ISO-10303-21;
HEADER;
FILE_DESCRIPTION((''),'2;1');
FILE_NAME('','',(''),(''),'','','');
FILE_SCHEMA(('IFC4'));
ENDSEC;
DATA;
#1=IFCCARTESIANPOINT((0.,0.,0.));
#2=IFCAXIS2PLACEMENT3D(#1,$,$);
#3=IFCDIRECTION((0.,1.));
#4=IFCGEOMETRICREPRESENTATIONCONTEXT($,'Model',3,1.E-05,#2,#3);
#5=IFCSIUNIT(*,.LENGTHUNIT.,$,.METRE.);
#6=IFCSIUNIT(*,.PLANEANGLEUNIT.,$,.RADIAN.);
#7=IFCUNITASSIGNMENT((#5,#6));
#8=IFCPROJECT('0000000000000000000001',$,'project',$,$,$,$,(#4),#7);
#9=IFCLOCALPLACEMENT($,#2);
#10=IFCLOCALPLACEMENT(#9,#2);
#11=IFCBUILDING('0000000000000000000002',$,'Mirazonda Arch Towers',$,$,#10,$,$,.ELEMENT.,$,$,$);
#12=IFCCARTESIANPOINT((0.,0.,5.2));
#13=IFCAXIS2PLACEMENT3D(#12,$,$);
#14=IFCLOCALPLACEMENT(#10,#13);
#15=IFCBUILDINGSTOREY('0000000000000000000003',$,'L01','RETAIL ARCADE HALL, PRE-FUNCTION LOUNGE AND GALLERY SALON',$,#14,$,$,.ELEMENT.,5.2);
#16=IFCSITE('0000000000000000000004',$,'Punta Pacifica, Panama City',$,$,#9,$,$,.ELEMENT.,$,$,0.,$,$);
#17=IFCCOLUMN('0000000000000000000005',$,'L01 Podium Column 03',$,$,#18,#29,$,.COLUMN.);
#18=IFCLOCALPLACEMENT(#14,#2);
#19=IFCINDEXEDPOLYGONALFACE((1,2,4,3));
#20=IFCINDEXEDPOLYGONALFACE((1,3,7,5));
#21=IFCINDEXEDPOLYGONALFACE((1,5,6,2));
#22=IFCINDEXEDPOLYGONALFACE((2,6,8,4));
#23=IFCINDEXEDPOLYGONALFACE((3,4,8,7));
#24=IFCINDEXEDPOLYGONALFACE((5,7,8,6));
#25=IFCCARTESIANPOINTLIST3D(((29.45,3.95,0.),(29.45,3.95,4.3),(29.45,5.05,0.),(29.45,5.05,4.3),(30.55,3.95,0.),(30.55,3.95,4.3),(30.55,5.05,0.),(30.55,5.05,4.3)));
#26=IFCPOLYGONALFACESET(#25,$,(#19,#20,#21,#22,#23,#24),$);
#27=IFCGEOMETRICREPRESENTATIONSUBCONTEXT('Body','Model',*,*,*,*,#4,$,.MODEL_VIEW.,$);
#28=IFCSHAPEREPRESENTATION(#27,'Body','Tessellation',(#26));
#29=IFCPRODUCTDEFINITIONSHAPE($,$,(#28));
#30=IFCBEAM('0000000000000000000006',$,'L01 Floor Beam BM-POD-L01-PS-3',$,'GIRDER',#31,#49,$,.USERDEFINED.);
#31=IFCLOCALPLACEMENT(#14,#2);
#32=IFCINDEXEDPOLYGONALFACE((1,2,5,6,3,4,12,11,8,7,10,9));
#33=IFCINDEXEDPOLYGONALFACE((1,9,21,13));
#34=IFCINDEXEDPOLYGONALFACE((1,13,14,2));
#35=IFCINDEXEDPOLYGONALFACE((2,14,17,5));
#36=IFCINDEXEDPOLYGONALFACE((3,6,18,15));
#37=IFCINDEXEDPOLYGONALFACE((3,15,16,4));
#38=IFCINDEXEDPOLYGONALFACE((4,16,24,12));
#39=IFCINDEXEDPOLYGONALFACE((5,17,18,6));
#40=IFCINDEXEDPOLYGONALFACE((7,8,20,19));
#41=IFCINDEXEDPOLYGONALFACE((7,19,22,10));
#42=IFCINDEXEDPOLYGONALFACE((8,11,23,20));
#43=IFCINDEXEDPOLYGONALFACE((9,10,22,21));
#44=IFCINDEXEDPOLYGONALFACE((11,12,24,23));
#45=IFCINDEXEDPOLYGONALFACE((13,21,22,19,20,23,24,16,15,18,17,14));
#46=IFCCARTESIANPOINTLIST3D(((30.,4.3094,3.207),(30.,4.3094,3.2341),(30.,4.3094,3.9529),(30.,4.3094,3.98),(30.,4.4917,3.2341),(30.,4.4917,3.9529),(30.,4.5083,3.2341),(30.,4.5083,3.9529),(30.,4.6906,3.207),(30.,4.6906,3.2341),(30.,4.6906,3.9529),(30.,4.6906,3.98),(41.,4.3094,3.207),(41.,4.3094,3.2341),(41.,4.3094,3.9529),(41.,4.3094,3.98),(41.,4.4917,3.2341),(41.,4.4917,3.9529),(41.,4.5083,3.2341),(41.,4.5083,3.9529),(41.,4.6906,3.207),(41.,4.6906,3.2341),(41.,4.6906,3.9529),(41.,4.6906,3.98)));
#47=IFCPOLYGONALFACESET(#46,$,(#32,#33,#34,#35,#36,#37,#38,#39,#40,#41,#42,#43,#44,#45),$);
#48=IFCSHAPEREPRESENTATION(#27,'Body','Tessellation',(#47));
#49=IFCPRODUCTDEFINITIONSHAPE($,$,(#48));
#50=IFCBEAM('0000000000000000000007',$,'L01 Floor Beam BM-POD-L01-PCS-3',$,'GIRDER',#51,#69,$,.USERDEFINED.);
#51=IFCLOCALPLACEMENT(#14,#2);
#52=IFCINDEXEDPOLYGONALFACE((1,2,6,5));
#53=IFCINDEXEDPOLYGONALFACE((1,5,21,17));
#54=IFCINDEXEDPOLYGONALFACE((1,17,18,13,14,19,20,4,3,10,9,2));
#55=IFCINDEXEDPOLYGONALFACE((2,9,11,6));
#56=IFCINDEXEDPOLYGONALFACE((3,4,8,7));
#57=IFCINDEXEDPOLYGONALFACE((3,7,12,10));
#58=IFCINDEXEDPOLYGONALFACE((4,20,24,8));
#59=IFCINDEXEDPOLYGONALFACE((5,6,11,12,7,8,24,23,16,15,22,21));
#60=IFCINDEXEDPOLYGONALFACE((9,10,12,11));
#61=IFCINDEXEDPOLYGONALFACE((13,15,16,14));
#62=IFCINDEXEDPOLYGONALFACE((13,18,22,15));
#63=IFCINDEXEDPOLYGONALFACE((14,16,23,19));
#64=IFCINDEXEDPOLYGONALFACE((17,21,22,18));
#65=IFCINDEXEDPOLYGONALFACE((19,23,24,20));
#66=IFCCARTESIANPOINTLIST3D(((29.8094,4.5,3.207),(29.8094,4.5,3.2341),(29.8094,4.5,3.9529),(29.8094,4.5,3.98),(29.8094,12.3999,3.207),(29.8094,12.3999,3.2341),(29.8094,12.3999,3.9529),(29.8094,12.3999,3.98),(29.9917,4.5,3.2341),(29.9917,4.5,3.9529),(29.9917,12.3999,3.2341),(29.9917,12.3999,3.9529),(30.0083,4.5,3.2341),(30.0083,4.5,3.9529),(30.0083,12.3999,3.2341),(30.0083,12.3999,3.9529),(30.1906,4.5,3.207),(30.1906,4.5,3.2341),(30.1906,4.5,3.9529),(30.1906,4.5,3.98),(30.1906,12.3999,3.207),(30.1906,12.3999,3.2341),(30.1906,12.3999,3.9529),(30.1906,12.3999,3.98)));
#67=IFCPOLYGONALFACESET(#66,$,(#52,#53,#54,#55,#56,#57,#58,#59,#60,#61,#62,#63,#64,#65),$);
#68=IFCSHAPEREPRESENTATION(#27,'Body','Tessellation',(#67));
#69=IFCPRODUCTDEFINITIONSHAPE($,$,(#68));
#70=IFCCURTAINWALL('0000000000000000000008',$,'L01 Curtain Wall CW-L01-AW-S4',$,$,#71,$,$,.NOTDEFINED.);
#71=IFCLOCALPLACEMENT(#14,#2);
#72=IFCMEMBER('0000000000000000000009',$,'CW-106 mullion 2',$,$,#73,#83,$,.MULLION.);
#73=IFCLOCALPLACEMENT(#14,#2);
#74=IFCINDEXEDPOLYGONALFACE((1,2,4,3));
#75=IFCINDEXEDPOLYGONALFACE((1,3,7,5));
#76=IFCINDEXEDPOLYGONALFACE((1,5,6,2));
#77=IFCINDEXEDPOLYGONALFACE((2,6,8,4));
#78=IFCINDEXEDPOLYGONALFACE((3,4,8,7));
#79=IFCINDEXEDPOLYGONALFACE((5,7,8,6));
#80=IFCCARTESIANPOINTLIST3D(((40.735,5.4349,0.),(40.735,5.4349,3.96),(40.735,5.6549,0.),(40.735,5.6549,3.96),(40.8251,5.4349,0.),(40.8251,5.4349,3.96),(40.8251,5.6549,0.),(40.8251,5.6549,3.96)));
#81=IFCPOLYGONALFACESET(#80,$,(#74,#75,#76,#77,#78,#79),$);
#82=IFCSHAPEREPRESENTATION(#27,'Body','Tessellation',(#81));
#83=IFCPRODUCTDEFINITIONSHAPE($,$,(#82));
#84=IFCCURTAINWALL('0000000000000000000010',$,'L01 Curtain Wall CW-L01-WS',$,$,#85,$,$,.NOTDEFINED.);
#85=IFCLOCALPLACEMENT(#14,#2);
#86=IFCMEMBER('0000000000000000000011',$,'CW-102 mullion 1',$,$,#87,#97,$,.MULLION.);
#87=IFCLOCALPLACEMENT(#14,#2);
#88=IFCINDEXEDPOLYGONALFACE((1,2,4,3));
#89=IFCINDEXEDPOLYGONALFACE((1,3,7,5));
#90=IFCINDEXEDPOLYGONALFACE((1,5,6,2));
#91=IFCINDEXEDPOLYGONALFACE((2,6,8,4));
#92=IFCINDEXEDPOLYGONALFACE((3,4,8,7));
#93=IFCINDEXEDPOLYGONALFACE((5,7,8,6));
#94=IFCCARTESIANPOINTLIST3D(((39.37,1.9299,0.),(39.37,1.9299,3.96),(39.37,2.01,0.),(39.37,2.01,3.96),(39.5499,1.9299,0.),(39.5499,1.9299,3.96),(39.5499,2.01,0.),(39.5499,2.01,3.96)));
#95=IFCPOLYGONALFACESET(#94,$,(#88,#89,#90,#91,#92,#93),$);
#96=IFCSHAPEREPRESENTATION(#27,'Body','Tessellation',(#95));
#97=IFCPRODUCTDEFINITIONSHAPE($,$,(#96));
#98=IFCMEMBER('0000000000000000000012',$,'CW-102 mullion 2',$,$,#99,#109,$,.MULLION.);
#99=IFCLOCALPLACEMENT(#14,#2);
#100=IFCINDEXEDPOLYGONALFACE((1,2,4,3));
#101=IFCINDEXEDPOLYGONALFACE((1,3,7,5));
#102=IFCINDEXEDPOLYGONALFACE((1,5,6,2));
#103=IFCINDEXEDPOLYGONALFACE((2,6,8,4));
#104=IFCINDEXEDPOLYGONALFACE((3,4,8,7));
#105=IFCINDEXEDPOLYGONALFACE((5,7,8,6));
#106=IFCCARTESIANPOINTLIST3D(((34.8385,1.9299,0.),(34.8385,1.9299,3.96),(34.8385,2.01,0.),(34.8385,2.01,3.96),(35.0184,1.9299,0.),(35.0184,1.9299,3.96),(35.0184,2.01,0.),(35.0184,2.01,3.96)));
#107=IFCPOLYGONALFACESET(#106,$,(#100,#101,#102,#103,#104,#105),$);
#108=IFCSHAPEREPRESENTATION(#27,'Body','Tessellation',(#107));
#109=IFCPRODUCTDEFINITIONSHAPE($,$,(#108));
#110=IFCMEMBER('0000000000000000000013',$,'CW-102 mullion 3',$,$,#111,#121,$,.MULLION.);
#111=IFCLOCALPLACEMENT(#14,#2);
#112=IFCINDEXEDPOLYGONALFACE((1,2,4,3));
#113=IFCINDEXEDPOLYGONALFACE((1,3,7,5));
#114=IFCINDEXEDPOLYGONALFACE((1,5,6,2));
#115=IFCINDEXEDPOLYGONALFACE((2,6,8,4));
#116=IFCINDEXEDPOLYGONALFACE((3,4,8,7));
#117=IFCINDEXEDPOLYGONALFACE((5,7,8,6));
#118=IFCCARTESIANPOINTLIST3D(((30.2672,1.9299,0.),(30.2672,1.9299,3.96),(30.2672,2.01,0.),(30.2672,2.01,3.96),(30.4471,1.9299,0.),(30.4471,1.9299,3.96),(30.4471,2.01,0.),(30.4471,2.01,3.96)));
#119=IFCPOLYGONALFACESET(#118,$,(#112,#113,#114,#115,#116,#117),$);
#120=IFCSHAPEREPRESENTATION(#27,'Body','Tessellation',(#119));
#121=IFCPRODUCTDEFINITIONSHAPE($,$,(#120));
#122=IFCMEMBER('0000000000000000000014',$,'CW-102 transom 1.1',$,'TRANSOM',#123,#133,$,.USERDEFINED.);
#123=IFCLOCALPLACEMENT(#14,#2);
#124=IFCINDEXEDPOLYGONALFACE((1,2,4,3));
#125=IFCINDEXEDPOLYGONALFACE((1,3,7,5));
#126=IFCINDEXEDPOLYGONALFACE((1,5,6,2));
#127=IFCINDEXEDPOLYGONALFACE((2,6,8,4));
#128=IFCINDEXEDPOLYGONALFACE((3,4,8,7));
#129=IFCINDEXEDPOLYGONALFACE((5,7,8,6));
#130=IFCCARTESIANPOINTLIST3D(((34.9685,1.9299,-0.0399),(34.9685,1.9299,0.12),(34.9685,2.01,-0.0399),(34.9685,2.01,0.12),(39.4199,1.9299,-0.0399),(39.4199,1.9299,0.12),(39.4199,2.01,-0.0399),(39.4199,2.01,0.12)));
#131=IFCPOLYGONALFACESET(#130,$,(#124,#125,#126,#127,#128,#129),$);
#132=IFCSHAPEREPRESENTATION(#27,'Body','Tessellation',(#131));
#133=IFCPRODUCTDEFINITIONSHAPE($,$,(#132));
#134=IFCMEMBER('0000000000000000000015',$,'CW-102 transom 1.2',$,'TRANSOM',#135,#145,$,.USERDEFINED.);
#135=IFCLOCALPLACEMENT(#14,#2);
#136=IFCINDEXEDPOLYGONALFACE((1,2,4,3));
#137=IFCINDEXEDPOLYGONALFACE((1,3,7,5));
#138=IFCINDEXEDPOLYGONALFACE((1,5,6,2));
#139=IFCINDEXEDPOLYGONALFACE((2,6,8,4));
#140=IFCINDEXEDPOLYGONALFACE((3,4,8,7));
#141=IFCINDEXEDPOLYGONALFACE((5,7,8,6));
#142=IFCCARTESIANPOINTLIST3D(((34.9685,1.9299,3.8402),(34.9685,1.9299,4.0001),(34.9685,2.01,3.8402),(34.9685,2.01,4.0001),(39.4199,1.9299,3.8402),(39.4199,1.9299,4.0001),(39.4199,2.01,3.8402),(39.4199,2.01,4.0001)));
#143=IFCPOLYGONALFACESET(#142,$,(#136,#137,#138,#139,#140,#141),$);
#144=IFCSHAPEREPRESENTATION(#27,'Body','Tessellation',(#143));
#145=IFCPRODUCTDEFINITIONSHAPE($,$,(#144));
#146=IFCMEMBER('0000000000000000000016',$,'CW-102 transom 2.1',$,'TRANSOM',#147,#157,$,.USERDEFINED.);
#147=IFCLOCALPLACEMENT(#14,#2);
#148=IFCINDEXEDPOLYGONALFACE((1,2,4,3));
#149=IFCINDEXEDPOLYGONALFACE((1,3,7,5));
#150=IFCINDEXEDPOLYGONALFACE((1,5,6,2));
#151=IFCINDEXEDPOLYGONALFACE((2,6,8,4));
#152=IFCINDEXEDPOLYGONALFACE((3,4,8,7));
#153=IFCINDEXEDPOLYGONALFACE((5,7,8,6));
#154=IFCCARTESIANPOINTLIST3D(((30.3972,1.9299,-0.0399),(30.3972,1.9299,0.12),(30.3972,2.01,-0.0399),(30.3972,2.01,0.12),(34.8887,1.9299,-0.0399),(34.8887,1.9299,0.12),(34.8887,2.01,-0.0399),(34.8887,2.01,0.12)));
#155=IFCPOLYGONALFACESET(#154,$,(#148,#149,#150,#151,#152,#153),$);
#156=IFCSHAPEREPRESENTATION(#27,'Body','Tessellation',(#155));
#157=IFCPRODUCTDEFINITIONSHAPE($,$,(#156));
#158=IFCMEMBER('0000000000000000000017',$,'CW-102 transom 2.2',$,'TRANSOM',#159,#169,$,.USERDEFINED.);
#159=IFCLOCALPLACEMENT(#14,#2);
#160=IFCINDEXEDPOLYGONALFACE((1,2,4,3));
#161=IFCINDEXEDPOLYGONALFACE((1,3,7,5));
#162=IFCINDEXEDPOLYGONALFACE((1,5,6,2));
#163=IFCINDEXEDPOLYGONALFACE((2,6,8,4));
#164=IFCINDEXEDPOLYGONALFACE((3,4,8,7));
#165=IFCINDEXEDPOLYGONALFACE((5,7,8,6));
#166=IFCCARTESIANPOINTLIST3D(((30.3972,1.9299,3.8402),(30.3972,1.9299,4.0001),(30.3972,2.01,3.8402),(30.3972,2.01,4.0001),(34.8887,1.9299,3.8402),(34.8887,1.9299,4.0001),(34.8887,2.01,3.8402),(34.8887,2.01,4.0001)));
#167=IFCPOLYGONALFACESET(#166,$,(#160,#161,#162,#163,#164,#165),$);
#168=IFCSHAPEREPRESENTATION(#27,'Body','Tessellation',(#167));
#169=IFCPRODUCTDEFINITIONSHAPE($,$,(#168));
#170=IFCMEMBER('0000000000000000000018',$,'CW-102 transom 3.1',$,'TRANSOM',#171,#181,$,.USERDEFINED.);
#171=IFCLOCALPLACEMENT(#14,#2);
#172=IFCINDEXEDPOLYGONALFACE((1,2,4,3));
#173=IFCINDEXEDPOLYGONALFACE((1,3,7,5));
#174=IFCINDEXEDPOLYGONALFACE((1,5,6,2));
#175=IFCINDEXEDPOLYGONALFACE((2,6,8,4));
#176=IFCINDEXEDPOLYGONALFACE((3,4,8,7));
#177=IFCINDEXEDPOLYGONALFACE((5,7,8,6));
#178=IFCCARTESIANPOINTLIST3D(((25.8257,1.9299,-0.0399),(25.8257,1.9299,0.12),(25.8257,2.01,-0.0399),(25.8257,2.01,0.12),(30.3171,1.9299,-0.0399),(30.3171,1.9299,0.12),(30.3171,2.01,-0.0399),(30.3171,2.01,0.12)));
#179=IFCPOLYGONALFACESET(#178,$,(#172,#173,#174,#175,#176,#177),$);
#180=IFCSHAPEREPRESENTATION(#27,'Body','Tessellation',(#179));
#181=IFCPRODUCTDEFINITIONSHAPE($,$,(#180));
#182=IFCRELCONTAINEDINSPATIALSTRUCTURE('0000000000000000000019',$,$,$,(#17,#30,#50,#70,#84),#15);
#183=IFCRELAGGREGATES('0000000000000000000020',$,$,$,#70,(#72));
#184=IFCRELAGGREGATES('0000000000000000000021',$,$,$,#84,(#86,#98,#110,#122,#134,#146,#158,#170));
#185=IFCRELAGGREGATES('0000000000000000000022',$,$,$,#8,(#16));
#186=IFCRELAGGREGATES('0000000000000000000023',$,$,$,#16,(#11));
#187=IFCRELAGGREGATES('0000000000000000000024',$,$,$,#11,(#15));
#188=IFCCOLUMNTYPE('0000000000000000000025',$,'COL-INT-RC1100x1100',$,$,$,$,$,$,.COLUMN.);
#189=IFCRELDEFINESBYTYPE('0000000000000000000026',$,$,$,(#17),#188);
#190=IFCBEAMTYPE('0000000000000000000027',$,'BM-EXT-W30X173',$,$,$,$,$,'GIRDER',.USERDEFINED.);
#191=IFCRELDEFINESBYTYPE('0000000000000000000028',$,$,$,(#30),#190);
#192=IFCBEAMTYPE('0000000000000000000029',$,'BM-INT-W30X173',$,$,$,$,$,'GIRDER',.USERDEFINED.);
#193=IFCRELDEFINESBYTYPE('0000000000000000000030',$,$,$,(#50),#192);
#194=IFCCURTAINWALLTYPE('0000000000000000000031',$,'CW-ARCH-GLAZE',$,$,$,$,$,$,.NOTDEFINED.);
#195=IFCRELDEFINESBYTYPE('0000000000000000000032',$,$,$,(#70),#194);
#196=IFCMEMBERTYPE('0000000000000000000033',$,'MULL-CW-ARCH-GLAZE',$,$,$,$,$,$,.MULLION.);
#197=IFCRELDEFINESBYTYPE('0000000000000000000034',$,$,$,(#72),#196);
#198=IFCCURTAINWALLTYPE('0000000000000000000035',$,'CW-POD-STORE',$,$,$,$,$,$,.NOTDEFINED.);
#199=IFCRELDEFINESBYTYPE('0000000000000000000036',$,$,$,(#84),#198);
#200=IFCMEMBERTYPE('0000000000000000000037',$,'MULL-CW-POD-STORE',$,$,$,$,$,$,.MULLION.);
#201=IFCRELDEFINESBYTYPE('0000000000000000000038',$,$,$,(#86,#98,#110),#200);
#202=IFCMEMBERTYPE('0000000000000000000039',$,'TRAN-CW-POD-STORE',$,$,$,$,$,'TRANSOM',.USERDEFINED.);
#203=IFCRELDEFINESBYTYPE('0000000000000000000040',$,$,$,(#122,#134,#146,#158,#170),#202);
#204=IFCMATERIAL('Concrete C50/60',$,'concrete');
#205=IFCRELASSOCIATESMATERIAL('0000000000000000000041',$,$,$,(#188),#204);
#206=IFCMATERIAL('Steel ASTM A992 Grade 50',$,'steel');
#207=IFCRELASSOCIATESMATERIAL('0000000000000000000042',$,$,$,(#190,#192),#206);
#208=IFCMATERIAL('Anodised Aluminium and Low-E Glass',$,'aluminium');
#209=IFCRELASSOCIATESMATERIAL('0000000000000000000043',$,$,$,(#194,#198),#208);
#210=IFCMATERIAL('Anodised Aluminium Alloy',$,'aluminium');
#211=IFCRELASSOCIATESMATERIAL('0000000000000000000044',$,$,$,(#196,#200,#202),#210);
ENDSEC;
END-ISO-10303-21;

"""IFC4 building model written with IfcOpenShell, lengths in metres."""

from ifc_helpers import new_model, si_unit, direction, frame, origin, origin_2d, place, context, subcontext, project, spatial, rectangle, i_section, extrude, material, material_profile, profile_set, type_object, element, aggregate, save


model = new_model("IFC4")

# Units and contexts
model_context = context("Model", 3, precision=1e-05, world=origin(), true_north=direction((0.0, 1.0)))
body_context = subcontext(model_context, "Body", "Model", "MODEL_VIEW")
ifc_project = project(units=[si_unit("LENGTHUNIT", "METRE"), si_unit("PLANEANGLEUNIT", "RADIAN")], contexts=[model_context])

# Site, building, storey
site_placement = place(None, origin())
site = spatial("IfcSite", under=ifc_project, at=site_placement, Name="Punta Pacifica, Panama City", CompositionType="ELEMENT", RefElevation=0.0)
building_placement = place(site_placement, origin())
building = spatial("IfcBuilding", under=site, at=building_placement, Name="Mirazonda Arch Towers", CompositionType="ELEMENT")
storey_placement = place(building_placement, frame((0.0, 0.0, 5.2)))
storey = spatial("IfcBuildingStorey", under=building, at=storey_placement, Name="L01", Description="RETAIL ARCADE HALL, PRE-FUNCTION LOUNGE AND GALLERY SALON", CompositionType="ELEMENT", Elevation=5.2)

# Column
ifc_material_1 = material(Name="Concrete C50/60", Category="concrete")
ifc_material_profile_1 = material_profile(ifc_material_1, rectangle(XDim=1.1001, YDim=1.1001, at=origin_2d()), Name="RC1100x1100")
ifc_profile_set_1 = profile_set([ifc_material_profile_1], Name="Concrete C50/60")
column_type = type_object("IfcColumnType", Name="COL-INT-RC1100x1100", PredefinedType="COLUMN", material=ifc_profile_set_1)
column_placement = place(storey_placement, frame((30.0, 4.5, 0.0), z_axis=(0.0, 0.0, 1.0), x_axis=(1.0, 0.0, 0.0)))
element("IfcColumn", 1, at=column_placement, inside=storey, type_object=column_type, Name="L01 Podium Column 03", PredefinedType="COLUMN", context=body_context, shape_type="SweptSolid", body=[
    extrude(rectangle(XDim=1.1001, YDim=1.1001, at=origin_2d()), origin(), (0.0, 0.0, 1.0), 4.3),
])

# Beams
ifc_material_2 = material(Name="Steel ASTM A992 Grade 50", Category="steel")
ifc_material_profile_2 = material_profile(ifc_material_2, i_section(OverallWidth=0.3811, OverallDepth=0.7729, WebThickness=0.0166, FlangeThickness=0.0271, at=origin_2d()), Name="W30X173")
ifc_profile_set_2 = profile_set([ifc_material_profile_2], Name="Steel ASTM A992 Grade 50")
beam_type_1 = type_object("IfcBeamType", Name="BM-EXT-W30X173", ElementType="GIRDER", PredefinedType="USERDEFINED", material=ifc_profile_set_2)
beam_1_placement = place(storey_placement, frame((30.0, 4.5, 3.5935), z_axis=(1.0, 0.0, 0.0), x_axis=(0.0, 1.0, 0.0)))
element("IfcBeam", 2, at=beam_1_placement, inside=storey, type_object=beam_type_1, Name="L01 Floor Beam BM-POD-L01-PS-3", ObjectType="GIRDER", PredefinedType="USERDEFINED", context=body_context, shape_type="SweptSolid", body=[
    extrude(i_section(OverallWidth=0.3811, OverallDepth=0.7729, WebThickness=0.0166, FlangeThickness=0.0271, at=origin_2d()), origin(), (0.0, 0.0, 1.0), 11.0),
])
ifc_material_profile_3 = material_profile(ifc_material_2, i_section(OverallWidth=0.3811, OverallDepth=0.7729, WebThickness=0.0166, FlangeThickness=0.0271, at=origin_2d()), Name="W30X173")
ifc_profile_set_3 = profile_set([ifc_material_profile_3], Name="Steel ASTM A992 Grade 50")
beam_type_2 = type_object("IfcBeamType", Name="BM-INT-W30X173", ElementType="GIRDER", PredefinedType="USERDEFINED", material=ifc_profile_set_3)
beam_2_placement = place(storey_placement, frame((30.0, 4.5, 3.5935), z_axis=(0.0, 1.0, 0.0), x_axis=(-1.0, 0.0, 0.0)))
element("IfcBeam", 3, at=beam_2_placement, inside=storey, type_object=beam_type_2, Name="L01 Floor Beam BM-POD-L01-PCS-3", ObjectType="GIRDER", PredefinedType="USERDEFINED", context=body_context, shape_type="SweptSolid", body=[
    extrude(i_section(OverallWidth=0.3811, OverallDepth=0.7729, WebThickness=0.0166, FlangeThickness=0.0271, at=origin_2d()), origin(), (0.0, 0.0, 1.0), 7.8999),
])

# Curtain wall, member
ifc_material_3 = material(Name="Anodised Aluminium and Low-E Glass", Category="aluminium")
curtain_wall_type_1 = type_object("IfcCurtainWallType", Name="CW-ARCH-GLAZE", PredefinedType="NOTDEFINED", material=ifc_material_3)
curtain_wall_1_placement = place(storey_placement, origin())
curtain_wall_1 = element("IfcCurtainWall", 4, at=curtain_wall_1_placement, inside=storey, type_object=curtain_wall_type_1, Name="L01 Curtain Wall CW-L01-AW-S4", PredefinedType="NOTDEFINED")
ifc_material_4 = material(Name="Anodised Aluminium Alloy", Category="aluminium")
ifc_material_profile_4 = material_profile(ifc_material_4, rectangle(XDim=0.0901, YDim=0.22, at=origin_2d()), Name="ALU-MULL-90x220")
ifc_profile_set_4 = profile_set([ifc_material_profile_4], Name="Anodised Aluminium Alloy")
member_type_1 = type_object("IfcMemberType", Name="MULL-CW-ARCH-GLAZE", PredefinedType="MULLION", material=ifc_profile_set_4)
member_1_placement = place(storey_placement, frame((40.78, 5.5449, 0.0), z_axis=(0.0, 0.0, 1.0), x_axis=(1.0, 0.0, 0.0)))
member_1 = element("IfcMember", 5, at=member_1_placement, type_object=member_type_1, Name="CW-106 mullion 2", PredefinedType="MULLION", context=body_context, shape_type="SweptSolid", body=[
    extrude(rectangle(XDim=0.0901, YDim=0.22, at=origin_2d()), origin(), (0.0, 0.0, 1.0), 3.96),
])

# Curtain wall, members
curtain_wall_type_2 = type_object("IfcCurtainWallType", Name="CW-POD-STORE", PredefinedType="NOTDEFINED", material=ifc_material_3)
curtain_wall_2_placement = place(storey_placement, origin())
curtain_wall_2 = element("IfcCurtainWall", 6, at=curtain_wall_2_placement, inside=storey, type_object=curtain_wall_type_2, Name="L01 Curtain Wall CW-L01-WS", PredefinedType="NOTDEFINED")
ifc_material_profile_5 = material_profile(ifc_material_4, rectangle(XDim=0.0801, YDim=0.1799, at=origin_2d()), Name="ALU-MULL-80x180")
ifc_profile_set_5 = profile_set([ifc_material_profile_5], Name="Anodised Aluminium Alloy")
member_type_2 = type_object("IfcMemberType", Name="MULL-CW-POD-STORE", PredefinedType="MULLION", material=ifc_profile_set_5)
member_2_placement = place(storey_placement, frame((39.46, 1.97, 0.0), z_axis=(0.0, 0.0, 1.0), x_axis=(0.0, -1.0, 0.0)))
member_2 = element("IfcMember", 7, at=member_2_placement, type_object=member_type_2, Name="CW-102 mullion 1", PredefinedType="MULLION", context=body_context, shape_type="SweptSolid", body=[
    extrude(rectangle(XDim=0.0801, YDim=0.1799, at=origin_2d()), origin(), (0.0, 0.0, 1.0), 3.96),
])
member_3_placement = place(storey_placement, frame((34.9285, 1.97, 0.0), z_axis=(0.0, 0.0, 1.0), x_axis=(0.0, -1.0, 0.0)))
member_3 = element("IfcMember", 8, at=member_3_placement, type_object=member_type_2, Name="CW-102 mullion 2", PredefinedType="MULLION", context=body_context, shape_type="SweptSolid", body=[
    extrude(rectangle(XDim=0.0801, YDim=0.1799, at=origin_2d()), origin(), (0.0, 0.0, 1.0), 3.96),
])
member_4_placement = place(storey_placement, frame((30.3572, 1.97, 0.0), z_axis=(0.0, 0.0, 1.0), x_axis=(0.0, -1.0, 0.0)))
member_4 = element("IfcMember", 9, at=member_4_placement, type_object=member_type_2, Name="CW-102 mullion 3", PredefinedType="MULLION", context=body_context, shape_type="SweptSolid", body=[
    extrude(rectangle(XDim=0.0801, YDim=0.1799, at=origin_2d()), origin(), (0.0, 0.0, 1.0), 3.96),
])
ifc_material_profile_6 = material_profile(ifc_material_4, rectangle(XDim=0.0801, YDim=0.1599, at=origin_2d()), Name="ALU-TRAN-80x160")
ifc_profile_set_6 = profile_set([ifc_material_profile_6], Name="Anodised Aluminium Alloy")
member_type_3 = type_object("IfcMemberType", Name="TRAN-CW-POD-STORE", ElementType="TRANSOM", PredefinedType="USERDEFINED", material=ifc_profile_set_6)
member_5_placement = place(storey_placement, frame((39.4199, 1.97, 0.04), z_axis=(-1.0, 0.0, 0.0), x_axis=(0.0, -1.0, 0.0)))
member_5 = element("IfcMember", 10, at=member_5_placement, type_object=member_type_3, Name="CW-102 transom 1.1", ObjectType="TRANSOM", PredefinedType="USERDEFINED", context=body_context, shape_type="SweptSolid", body=[
    extrude(rectangle(XDim=0.0801, YDim=0.1599, at=origin_2d()), origin(), (0.0, 0.0, 1.0), 4.4514),
])
member_6_placement = place(storey_placement, frame((39.4199, 1.97, 3.9202), z_axis=(-1.0, 0.0, 0.0), x_axis=(0.0, -1.0, 0.0)))
member_6 = element("IfcMember", 11, at=member_6_placement, type_object=member_type_3, Name="CW-102 transom 1.2", ObjectType="TRANSOM", PredefinedType="USERDEFINED", context=body_context, shape_type="SweptSolid", body=[
    extrude(rectangle(XDim=0.0801, YDim=0.1599, at=origin_2d()), origin(), (0.0, 0.0, 1.0), 4.4514),
])
member_7_placement = place(storey_placement, frame((34.8887, 1.97, 0.04), z_axis=(-1.0, 0.0, 0.0), x_axis=(0.0, -1.0, 0.0)))
member_7 = element("IfcMember", 12, at=member_7_placement, type_object=member_type_3, Name="CW-102 transom 2.1", ObjectType="TRANSOM", PredefinedType="USERDEFINED", context=body_context, shape_type="SweptSolid", body=[
    extrude(rectangle(XDim=0.0801, YDim=0.1599, at=origin_2d()), origin(), (0.0, 0.0, 1.0), 4.4915),
])
member_8_placement = place(storey_placement, frame((34.8887, 1.97, 3.9202), z_axis=(-1.0, 0.0, 0.0), x_axis=(0.0, -1.0, 0.0)))
member_8 = element("IfcMember", 13, at=member_8_placement, type_object=member_type_3, Name="CW-102 transom 2.2", ObjectType="TRANSOM", PredefinedType="USERDEFINED", context=body_context, shape_type="SweptSolid", body=[
    extrude(rectangle(XDim=0.0801, YDim=0.1599, at=origin_2d()), origin(), (0.0, 0.0, 1.0), 4.4915),
])
member_9_placement = place(storey_placement, frame((30.3171, 1.97, 0.04), z_axis=(-1.0, 0.0, 0.0), x_axis=(0.0, -1.0, 0.0)))
member_9 = element("IfcMember", 14, at=member_9_placement, type_object=member_type_3, Name="CW-102 transom 3.1", ObjectType="TRANSOM", PredefinedType="USERDEFINED", context=body_context, shape_type="SweptSolid", body=[
    extrude(rectangle(XDim=0.0801, YDim=0.1599, at=origin_2d()), origin(), (0.0, 0.0, 1.0), 4.4915),
])

aggregate(curtain_wall_1, [member_1])
aggregate(curtain_wall_2, [member_2, member_3, member_4, member_5, member_6, member_7, member_8, member_9])

save(model, "model.ifc")
